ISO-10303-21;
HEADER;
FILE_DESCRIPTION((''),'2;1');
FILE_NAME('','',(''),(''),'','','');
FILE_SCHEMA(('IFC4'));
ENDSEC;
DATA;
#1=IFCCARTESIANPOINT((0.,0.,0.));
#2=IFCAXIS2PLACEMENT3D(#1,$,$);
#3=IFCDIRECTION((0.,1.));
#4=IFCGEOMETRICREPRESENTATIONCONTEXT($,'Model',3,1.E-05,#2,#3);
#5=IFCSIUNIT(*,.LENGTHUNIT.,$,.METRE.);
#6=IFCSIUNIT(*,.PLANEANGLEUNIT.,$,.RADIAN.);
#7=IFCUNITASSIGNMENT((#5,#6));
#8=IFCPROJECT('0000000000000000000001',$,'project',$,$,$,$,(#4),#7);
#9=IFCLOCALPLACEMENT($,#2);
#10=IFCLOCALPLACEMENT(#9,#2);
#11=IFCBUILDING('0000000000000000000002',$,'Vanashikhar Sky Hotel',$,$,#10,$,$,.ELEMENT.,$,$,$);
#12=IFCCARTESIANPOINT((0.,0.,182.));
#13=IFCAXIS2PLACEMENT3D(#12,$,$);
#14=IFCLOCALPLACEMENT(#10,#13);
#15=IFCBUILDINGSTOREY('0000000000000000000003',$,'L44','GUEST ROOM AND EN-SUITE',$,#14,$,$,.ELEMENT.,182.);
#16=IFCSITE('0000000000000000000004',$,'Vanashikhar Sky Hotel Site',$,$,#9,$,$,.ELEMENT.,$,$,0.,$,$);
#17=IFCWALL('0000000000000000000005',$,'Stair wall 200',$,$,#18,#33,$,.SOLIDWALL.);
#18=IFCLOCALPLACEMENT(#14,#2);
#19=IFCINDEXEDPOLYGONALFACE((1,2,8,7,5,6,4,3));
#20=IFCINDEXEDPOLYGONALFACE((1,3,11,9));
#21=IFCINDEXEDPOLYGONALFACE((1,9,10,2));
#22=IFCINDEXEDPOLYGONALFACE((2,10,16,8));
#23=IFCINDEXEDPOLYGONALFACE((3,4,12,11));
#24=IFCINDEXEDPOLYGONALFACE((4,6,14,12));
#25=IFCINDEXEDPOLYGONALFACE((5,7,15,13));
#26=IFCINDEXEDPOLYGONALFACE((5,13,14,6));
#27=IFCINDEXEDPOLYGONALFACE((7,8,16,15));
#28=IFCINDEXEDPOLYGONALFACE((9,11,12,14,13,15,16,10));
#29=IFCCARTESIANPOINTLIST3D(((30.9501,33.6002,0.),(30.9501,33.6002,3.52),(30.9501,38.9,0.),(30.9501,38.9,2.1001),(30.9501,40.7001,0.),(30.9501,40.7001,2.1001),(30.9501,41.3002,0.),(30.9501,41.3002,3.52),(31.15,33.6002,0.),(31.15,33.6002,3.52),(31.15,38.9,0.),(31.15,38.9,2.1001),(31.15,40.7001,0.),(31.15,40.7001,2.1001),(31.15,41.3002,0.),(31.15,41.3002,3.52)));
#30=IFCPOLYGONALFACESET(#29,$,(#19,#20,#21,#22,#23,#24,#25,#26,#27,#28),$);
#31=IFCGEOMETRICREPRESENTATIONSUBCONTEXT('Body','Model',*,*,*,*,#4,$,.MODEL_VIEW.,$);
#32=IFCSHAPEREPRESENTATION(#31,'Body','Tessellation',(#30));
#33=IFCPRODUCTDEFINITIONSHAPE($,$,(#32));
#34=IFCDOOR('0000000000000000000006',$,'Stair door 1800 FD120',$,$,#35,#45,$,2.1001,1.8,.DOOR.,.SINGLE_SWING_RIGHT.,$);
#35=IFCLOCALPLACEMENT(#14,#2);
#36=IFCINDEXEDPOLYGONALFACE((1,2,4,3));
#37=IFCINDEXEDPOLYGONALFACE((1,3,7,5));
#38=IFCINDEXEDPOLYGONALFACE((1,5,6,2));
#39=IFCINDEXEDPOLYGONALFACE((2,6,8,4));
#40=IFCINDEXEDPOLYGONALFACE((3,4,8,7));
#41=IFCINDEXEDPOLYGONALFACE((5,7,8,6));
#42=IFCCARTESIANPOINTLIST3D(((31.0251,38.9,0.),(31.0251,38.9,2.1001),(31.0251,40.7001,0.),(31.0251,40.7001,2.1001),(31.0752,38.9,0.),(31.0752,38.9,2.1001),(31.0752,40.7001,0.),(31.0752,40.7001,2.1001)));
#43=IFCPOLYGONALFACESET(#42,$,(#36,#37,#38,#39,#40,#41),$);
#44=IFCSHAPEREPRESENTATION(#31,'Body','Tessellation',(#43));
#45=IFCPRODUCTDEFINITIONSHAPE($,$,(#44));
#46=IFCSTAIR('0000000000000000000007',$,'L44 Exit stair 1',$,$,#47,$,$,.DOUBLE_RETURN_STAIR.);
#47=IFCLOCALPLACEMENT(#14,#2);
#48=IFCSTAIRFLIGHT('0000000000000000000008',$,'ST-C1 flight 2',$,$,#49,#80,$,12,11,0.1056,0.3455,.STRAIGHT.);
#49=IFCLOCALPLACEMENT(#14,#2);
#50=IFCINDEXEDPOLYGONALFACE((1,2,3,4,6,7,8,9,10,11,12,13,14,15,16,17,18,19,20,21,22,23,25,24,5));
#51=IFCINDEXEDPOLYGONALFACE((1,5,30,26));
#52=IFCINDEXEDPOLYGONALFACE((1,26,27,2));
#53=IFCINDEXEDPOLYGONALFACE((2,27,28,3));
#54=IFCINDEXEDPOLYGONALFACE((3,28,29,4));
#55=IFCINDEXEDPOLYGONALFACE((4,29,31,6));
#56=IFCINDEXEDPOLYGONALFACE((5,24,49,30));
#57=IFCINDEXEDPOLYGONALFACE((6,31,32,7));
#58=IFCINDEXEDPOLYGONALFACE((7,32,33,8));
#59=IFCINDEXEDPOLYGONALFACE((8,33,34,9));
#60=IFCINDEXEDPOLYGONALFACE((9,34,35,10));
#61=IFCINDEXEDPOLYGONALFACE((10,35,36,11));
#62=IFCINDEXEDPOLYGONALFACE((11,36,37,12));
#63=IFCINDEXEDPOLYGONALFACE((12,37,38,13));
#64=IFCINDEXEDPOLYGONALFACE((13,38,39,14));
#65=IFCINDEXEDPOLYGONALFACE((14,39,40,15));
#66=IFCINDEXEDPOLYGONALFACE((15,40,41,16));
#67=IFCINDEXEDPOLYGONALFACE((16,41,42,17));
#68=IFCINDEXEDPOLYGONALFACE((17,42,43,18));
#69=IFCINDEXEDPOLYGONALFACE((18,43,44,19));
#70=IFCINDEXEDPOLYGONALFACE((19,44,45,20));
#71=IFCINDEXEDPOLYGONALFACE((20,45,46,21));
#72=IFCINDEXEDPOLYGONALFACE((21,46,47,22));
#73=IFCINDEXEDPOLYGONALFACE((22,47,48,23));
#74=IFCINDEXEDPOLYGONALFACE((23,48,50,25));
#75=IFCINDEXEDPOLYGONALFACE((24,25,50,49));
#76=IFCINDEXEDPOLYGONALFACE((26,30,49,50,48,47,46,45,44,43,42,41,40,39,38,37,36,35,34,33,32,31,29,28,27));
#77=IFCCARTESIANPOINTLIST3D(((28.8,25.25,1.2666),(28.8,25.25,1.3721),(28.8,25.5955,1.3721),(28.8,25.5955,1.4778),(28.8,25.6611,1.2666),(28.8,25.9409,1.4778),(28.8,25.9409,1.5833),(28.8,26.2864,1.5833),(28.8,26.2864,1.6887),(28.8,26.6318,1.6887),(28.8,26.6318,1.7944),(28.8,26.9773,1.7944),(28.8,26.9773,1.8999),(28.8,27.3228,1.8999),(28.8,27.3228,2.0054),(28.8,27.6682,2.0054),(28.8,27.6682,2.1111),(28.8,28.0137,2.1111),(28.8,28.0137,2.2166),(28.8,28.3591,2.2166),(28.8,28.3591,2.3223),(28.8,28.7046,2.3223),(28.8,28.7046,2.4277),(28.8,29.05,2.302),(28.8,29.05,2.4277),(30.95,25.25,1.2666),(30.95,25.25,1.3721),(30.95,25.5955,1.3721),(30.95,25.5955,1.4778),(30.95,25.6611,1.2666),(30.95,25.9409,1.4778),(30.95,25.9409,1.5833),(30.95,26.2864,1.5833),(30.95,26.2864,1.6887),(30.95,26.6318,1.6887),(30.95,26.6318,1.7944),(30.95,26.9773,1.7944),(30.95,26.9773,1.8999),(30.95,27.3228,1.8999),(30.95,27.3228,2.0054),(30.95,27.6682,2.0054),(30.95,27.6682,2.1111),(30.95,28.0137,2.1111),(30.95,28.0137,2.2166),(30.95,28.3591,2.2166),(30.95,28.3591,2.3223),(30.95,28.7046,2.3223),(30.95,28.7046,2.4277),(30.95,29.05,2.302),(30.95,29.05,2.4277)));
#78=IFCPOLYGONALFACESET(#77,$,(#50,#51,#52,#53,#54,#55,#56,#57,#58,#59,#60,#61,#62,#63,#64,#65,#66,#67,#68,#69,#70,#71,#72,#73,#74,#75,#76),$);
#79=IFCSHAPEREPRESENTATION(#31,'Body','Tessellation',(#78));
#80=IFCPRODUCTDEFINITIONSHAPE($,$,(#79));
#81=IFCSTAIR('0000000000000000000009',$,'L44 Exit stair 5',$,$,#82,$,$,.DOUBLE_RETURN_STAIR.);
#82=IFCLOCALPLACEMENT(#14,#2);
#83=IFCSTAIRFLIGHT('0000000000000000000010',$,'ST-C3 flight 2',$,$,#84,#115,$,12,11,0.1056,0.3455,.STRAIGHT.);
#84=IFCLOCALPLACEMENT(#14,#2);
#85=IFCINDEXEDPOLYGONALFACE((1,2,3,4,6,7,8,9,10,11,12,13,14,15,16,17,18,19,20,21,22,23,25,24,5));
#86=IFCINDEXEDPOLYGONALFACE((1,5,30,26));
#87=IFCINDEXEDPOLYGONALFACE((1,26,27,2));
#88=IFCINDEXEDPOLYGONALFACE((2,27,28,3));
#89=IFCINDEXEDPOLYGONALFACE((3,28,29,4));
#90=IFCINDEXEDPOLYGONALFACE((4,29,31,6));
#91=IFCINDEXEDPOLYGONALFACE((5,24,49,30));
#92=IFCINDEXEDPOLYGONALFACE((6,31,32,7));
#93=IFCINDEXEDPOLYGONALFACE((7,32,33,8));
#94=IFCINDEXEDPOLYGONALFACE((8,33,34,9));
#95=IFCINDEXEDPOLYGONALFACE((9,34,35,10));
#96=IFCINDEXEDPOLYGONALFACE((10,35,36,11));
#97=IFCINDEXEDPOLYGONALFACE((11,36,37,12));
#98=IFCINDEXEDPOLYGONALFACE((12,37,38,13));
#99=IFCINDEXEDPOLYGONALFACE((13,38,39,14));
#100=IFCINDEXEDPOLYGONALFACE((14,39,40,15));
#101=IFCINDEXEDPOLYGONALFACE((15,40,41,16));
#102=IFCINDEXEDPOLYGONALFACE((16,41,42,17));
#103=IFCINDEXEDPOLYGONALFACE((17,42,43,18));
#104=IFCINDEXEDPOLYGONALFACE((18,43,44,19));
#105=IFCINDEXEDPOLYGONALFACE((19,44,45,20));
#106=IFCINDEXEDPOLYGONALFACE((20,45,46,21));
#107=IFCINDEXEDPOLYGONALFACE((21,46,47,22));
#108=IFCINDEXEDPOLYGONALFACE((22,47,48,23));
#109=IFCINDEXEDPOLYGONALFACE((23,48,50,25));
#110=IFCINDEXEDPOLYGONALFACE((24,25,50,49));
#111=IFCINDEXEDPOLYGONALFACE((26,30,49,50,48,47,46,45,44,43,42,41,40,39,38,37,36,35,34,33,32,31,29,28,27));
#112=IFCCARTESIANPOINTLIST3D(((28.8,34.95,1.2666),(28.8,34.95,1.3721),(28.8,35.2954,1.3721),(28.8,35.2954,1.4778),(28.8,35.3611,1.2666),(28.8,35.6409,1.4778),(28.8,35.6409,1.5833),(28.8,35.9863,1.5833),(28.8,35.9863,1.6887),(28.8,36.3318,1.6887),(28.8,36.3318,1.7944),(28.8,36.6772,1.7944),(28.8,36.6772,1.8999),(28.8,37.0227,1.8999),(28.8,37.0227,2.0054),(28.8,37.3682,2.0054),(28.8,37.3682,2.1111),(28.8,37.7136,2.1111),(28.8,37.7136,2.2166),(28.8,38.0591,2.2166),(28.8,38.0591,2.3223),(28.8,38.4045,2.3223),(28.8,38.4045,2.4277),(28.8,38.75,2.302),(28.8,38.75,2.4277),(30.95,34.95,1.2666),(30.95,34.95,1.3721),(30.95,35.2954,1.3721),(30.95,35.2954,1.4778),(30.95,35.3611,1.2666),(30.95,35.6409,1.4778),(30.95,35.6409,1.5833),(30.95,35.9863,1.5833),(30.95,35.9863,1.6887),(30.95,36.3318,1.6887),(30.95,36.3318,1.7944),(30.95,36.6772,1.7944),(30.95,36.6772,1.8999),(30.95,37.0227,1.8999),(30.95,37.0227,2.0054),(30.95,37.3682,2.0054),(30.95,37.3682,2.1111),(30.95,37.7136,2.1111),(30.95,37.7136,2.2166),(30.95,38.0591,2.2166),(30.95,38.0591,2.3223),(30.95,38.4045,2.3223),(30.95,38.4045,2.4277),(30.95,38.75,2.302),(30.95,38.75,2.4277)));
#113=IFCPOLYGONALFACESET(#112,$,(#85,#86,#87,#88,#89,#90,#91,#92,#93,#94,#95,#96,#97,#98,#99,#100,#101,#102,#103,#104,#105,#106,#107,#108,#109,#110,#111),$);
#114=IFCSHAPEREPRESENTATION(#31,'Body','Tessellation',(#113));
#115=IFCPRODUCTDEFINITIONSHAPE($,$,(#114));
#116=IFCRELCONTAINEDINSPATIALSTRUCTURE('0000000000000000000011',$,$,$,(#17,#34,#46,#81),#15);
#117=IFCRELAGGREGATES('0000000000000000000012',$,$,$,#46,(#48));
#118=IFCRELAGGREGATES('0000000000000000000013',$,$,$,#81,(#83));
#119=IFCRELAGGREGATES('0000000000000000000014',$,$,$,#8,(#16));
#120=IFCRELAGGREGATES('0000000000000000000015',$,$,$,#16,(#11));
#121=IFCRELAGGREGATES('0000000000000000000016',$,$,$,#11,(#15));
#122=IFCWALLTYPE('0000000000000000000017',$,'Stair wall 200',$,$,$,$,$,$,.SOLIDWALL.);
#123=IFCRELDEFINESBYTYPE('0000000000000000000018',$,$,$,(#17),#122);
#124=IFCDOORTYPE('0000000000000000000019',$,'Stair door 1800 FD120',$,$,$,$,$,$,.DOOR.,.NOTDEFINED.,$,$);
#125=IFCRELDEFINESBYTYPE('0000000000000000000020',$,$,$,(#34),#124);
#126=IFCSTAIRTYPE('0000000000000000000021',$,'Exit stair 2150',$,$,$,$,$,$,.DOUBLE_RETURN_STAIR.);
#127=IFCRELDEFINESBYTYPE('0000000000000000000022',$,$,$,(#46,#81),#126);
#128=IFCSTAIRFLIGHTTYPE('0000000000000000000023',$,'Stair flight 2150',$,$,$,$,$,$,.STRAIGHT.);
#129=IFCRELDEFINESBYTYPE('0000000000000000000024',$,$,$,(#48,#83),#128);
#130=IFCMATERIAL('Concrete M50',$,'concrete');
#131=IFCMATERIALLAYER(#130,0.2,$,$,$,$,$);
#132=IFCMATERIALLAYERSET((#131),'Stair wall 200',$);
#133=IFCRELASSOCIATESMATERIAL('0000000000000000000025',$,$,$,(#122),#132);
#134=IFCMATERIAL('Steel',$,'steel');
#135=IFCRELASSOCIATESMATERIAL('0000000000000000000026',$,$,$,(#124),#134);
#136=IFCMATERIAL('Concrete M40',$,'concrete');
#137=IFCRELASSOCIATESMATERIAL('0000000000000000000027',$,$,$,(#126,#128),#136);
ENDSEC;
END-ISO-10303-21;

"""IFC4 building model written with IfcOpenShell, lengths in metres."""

from ifc_helpers import new_model, si_unit, direction, frame, frame_2d, origin, place, context, subcontext, project, spatial, polyline, rectangle, outline, extrude, source, transform, mapped, material, layer, layer_set, type_object, element, fill, aggregate, save


model = new_model("IFC4")

# Units and contexts
model_context = context("Model", 3, precision=1e-05, world=origin(), true_north=direction((0.0, 1.0)))
body_context = subcontext(model_context, "Body", "Model", "MODEL_VIEW")
ifc_project = project(units=[si_unit("LENGTHUNIT", "METRE"), si_unit("PLANEANGLEUNIT", "RADIAN")], contexts=[model_context])

# Site, building, storey
site_placement = place(None, origin())
site = spatial("IfcSite", under=ifc_project, at=site_placement, Name="Vanashikhar Sky Hotel Site", CompositionType="ELEMENT", RefElevation=0.0)
building_placement = place(site_placement, origin())
building = spatial("IfcBuilding", under=site, at=building_placement, Name="Vanashikhar Sky Hotel", CompositionType="ELEMENT")
storey_placement = place(building_placement, frame((0.0, 0.0, 182.0)))
storey = spatial("IfcBuildingStorey", under=building, at=storey_placement, Name="L44", Description="GUEST ROOM AND EN-SUITE", CompositionType="ELEMENT", Elevation=182.0)

# Shared definitions
ifc_material_1 = material(Name="Steel", Category="steel")

# Shared definitions
ifc_material_2 = material(Name="Concrete M40", Category="concrete")

# Shared definitions
ifc_material_3 = material(Name="Concrete M50", Category="concrete")
ifc_layer_1 = layer(ifc_material_3, 0.2)
ifc_layer_set_1 = layer_set([ifc_layer_1], Name="Stair wall 200")
wall_type_1 = type_object("IfcWallType", Name="Stair wall 200", PredefinedType="SOLIDWALL", material=ifc_layer_set_1)

# Wall, opening, door
shared_shape_1 = source(origin(), body_context, "Body", "SweptSolid", [
    extrude(rectangle(XDim=7.7, YDim=0.2, at=frame_2d((3.8501, 0.0))), origin(), (0.0, 0.0, 1.0), 3.52),
])
wall_1_placement = place(storey_placement, frame((31.05, 33.6001, 0.0), z_axis=(0.0, 0.0, 1.0), x_axis=(0.0, 1.0, 0.0)))
wall_1 = element("IfcWall", 1, at=wall_1_placement, inside=storey, type_object=wall_type_1, Name="Stair wall 200", PredefinedType="SOLIDWALL", context=body_context, shape_type="MappedRepresentation", body=[
    mapped(shared_shape_1, transform((0.0, 0.0, 0.0), scale=1.0)),
])
shared_shape_2 = source(origin(), body_context, "Body", "SweptSolid", [
    extrude(rectangle(XDim=1.8, YDim=2.1001, at=frame_2d((0.8999, 1.05))), frame((0.0, 0.1099, 0.0), z_axis=(0.0, -1.0, 0.0), x_axis=(1.0, 0.0, 0.0)), (0.0, 0.0, 1.0), 0.22),
])
opening_1_placement = place(wall_1_placement, frame((5.3, 0.0, 0.0)))
opening_1 = element("IfcOpeningElement", 2, at=opening_1_placement, cuts=wall_1, PredefinedType="OPENING", context=body_context, shape_type="MappedRepresentation", body=[
    mapped(shared_shape_2, transform((0.0, 0.0, 0.0), scale=1.0)),
])
door_type_1 = type_object("IfcDoorType", Name="Stair door 1800 FD120", OperationType="NOTDEFINED", PredefinedType="DOOR", material=ifc_material_1)
shared_shape_3 = source(origin(), body_context, "Body", "SweptSolid", [
    extrude(rectangle(XDim=1.8, YDim=2.1001, at=frame_2d((0.8999, 1.05))), frame((0.0, 0.0249, 0.0), z_axis=(0.0, -1.0, 0.0), x_axis=(1.0, 0.0, 0.0)), (0.0, 0.0, 1.0), 0.05),
])
door_1_placement = place(opening_1_placement, origin())
door_1 = element("IfcDoor", 3, at=door_1_placement, inside=storey, type_object=door_type_1, Name="Stair door 1800 FD120", OperationType="SINGLE_SWING_RIGHT", OverallHeight=2.1001, OverallWidth=1.8, PredefinedType="DOOR", context=body_context, shape_type="MappedRepresentation", body=[
    mapped(shared_shape_3, transform((0.0, 0.0, 0.0), scale=1.0)),
])
fill(opening_1, door_1)

# Stairs, stair flights
stair_type = type_object("IfcStairType", Name="Exit stair 2150", PredefinedType="DOUBLE_RETURN_STAIR", material=ifc_material_2)
stair_1_placement = place(storey_placement, origin())
stair_1 = element("IfcStair", 4, at=stair_1_placement, inside=storey, type_object=stair_type, Name="L44 Exit stair 1", PredefinedType="DOUBLE_RETURN_STAIR")
stair_flight_type = type_object("IfcStairFlightType", Name="Stair flight 2150", PredefinedType="STRAIGHT", material=ifc_material_2)
shared_shape_4 = source(origin(), body_context, "Body", "SweptSolid", [
    extrude(outline(polyline([(0.0, 0.0), (0.0, 0.1055), (0.3455, 0.1055), (0.3455, 0.2112), (0.6909, 0.2112), (0.6909, 0.3167), (1.0364, 0.3167), (1.0364, 0.4221), (1.3818, 0.4221), (1.3818, 0.5278), (1.7273, 0.5278), (1.7273, 0.6333), (2.0728, 0.6333), (2.0728, 0.7388), (2.4182, 0.7388), (2.4182, 0.8445), (2.7637, 0.8445), (2.7637, 0.95), (3.1091, 0.95), (3.1091, 1.0557), (3.4546, 1.0557), (3.4546, 1.1611), (3.8, 1.1611), (3.8, 1.2666), (3.8, 1.0354), (0.4111, 0.0), (0.0, 0.0)])), frame((0.0, 1.075, 0.0), z_axis=(0.0, -1.0, 0.0), x_axis=(1.0, 0.0, 0.0)), (0.0, 0.0, 1.0), 2.1499),
])
stair_flight_1_placement = place(storey_placement, frame((29.875, 25.25, 1.2666), z_axis=(0.0, 0.0, 1.0), x_axis=(0.0, 1.0, 0.0)))
stair_flight_1 = element("IfcStairFlight", 5, at=stair_flight_1_placement, type_object=stair_flight_type, Name="ST-C1 flight 2", NumberOfRisers=12, NumberOfTreads=11, PredefinedType="STRAIGHT", RiserHeight=0.1056, TreadLength=0.3455, context=body_context, shape_type="MappedRepresentation", body=[
    mapped(shared_shape_4, transform((0.0, 0.0, 0.0), scale=1.0)),
])
aggregate(stair_1, [stair_flight_1])
stair_2_placement = place(storey_placement, origin())
stair_2 = element("IfcStair", 6, at=stair_2_placement, inside=storey, type_object=stair_type, Name="L44 Exit stair 5", PredefinedType="DOUBLE_RETURN_STAIR")
stair_flight_2_placement = place(storey_placement, frame((29.875, 34.95, 1.2666), z_axis=(0.0, 0.0, 1.0), x_axis=(0.0, 1.0, 0.0)))
stair_flight_2 = element("IfcStairFlight", 7, at=stair_flight_2_placement, type_object=stair_flight_type, Name="ST-C3 flight 2", NumberOfRisers=12, NumberOfTreads=11, PredefinedType="STRAIGHT", RiserHeight=0.1056, TreadLength=0.3455, context=body_context, shape_type="MappedRepresentation", body=[
    mapped(shared_shape_4, transform((0.0, 0.0, 0.0), scale=1.0)),
])
aggregate(stair_2, [stair_flight_2])

save(model, "model.ifc")
